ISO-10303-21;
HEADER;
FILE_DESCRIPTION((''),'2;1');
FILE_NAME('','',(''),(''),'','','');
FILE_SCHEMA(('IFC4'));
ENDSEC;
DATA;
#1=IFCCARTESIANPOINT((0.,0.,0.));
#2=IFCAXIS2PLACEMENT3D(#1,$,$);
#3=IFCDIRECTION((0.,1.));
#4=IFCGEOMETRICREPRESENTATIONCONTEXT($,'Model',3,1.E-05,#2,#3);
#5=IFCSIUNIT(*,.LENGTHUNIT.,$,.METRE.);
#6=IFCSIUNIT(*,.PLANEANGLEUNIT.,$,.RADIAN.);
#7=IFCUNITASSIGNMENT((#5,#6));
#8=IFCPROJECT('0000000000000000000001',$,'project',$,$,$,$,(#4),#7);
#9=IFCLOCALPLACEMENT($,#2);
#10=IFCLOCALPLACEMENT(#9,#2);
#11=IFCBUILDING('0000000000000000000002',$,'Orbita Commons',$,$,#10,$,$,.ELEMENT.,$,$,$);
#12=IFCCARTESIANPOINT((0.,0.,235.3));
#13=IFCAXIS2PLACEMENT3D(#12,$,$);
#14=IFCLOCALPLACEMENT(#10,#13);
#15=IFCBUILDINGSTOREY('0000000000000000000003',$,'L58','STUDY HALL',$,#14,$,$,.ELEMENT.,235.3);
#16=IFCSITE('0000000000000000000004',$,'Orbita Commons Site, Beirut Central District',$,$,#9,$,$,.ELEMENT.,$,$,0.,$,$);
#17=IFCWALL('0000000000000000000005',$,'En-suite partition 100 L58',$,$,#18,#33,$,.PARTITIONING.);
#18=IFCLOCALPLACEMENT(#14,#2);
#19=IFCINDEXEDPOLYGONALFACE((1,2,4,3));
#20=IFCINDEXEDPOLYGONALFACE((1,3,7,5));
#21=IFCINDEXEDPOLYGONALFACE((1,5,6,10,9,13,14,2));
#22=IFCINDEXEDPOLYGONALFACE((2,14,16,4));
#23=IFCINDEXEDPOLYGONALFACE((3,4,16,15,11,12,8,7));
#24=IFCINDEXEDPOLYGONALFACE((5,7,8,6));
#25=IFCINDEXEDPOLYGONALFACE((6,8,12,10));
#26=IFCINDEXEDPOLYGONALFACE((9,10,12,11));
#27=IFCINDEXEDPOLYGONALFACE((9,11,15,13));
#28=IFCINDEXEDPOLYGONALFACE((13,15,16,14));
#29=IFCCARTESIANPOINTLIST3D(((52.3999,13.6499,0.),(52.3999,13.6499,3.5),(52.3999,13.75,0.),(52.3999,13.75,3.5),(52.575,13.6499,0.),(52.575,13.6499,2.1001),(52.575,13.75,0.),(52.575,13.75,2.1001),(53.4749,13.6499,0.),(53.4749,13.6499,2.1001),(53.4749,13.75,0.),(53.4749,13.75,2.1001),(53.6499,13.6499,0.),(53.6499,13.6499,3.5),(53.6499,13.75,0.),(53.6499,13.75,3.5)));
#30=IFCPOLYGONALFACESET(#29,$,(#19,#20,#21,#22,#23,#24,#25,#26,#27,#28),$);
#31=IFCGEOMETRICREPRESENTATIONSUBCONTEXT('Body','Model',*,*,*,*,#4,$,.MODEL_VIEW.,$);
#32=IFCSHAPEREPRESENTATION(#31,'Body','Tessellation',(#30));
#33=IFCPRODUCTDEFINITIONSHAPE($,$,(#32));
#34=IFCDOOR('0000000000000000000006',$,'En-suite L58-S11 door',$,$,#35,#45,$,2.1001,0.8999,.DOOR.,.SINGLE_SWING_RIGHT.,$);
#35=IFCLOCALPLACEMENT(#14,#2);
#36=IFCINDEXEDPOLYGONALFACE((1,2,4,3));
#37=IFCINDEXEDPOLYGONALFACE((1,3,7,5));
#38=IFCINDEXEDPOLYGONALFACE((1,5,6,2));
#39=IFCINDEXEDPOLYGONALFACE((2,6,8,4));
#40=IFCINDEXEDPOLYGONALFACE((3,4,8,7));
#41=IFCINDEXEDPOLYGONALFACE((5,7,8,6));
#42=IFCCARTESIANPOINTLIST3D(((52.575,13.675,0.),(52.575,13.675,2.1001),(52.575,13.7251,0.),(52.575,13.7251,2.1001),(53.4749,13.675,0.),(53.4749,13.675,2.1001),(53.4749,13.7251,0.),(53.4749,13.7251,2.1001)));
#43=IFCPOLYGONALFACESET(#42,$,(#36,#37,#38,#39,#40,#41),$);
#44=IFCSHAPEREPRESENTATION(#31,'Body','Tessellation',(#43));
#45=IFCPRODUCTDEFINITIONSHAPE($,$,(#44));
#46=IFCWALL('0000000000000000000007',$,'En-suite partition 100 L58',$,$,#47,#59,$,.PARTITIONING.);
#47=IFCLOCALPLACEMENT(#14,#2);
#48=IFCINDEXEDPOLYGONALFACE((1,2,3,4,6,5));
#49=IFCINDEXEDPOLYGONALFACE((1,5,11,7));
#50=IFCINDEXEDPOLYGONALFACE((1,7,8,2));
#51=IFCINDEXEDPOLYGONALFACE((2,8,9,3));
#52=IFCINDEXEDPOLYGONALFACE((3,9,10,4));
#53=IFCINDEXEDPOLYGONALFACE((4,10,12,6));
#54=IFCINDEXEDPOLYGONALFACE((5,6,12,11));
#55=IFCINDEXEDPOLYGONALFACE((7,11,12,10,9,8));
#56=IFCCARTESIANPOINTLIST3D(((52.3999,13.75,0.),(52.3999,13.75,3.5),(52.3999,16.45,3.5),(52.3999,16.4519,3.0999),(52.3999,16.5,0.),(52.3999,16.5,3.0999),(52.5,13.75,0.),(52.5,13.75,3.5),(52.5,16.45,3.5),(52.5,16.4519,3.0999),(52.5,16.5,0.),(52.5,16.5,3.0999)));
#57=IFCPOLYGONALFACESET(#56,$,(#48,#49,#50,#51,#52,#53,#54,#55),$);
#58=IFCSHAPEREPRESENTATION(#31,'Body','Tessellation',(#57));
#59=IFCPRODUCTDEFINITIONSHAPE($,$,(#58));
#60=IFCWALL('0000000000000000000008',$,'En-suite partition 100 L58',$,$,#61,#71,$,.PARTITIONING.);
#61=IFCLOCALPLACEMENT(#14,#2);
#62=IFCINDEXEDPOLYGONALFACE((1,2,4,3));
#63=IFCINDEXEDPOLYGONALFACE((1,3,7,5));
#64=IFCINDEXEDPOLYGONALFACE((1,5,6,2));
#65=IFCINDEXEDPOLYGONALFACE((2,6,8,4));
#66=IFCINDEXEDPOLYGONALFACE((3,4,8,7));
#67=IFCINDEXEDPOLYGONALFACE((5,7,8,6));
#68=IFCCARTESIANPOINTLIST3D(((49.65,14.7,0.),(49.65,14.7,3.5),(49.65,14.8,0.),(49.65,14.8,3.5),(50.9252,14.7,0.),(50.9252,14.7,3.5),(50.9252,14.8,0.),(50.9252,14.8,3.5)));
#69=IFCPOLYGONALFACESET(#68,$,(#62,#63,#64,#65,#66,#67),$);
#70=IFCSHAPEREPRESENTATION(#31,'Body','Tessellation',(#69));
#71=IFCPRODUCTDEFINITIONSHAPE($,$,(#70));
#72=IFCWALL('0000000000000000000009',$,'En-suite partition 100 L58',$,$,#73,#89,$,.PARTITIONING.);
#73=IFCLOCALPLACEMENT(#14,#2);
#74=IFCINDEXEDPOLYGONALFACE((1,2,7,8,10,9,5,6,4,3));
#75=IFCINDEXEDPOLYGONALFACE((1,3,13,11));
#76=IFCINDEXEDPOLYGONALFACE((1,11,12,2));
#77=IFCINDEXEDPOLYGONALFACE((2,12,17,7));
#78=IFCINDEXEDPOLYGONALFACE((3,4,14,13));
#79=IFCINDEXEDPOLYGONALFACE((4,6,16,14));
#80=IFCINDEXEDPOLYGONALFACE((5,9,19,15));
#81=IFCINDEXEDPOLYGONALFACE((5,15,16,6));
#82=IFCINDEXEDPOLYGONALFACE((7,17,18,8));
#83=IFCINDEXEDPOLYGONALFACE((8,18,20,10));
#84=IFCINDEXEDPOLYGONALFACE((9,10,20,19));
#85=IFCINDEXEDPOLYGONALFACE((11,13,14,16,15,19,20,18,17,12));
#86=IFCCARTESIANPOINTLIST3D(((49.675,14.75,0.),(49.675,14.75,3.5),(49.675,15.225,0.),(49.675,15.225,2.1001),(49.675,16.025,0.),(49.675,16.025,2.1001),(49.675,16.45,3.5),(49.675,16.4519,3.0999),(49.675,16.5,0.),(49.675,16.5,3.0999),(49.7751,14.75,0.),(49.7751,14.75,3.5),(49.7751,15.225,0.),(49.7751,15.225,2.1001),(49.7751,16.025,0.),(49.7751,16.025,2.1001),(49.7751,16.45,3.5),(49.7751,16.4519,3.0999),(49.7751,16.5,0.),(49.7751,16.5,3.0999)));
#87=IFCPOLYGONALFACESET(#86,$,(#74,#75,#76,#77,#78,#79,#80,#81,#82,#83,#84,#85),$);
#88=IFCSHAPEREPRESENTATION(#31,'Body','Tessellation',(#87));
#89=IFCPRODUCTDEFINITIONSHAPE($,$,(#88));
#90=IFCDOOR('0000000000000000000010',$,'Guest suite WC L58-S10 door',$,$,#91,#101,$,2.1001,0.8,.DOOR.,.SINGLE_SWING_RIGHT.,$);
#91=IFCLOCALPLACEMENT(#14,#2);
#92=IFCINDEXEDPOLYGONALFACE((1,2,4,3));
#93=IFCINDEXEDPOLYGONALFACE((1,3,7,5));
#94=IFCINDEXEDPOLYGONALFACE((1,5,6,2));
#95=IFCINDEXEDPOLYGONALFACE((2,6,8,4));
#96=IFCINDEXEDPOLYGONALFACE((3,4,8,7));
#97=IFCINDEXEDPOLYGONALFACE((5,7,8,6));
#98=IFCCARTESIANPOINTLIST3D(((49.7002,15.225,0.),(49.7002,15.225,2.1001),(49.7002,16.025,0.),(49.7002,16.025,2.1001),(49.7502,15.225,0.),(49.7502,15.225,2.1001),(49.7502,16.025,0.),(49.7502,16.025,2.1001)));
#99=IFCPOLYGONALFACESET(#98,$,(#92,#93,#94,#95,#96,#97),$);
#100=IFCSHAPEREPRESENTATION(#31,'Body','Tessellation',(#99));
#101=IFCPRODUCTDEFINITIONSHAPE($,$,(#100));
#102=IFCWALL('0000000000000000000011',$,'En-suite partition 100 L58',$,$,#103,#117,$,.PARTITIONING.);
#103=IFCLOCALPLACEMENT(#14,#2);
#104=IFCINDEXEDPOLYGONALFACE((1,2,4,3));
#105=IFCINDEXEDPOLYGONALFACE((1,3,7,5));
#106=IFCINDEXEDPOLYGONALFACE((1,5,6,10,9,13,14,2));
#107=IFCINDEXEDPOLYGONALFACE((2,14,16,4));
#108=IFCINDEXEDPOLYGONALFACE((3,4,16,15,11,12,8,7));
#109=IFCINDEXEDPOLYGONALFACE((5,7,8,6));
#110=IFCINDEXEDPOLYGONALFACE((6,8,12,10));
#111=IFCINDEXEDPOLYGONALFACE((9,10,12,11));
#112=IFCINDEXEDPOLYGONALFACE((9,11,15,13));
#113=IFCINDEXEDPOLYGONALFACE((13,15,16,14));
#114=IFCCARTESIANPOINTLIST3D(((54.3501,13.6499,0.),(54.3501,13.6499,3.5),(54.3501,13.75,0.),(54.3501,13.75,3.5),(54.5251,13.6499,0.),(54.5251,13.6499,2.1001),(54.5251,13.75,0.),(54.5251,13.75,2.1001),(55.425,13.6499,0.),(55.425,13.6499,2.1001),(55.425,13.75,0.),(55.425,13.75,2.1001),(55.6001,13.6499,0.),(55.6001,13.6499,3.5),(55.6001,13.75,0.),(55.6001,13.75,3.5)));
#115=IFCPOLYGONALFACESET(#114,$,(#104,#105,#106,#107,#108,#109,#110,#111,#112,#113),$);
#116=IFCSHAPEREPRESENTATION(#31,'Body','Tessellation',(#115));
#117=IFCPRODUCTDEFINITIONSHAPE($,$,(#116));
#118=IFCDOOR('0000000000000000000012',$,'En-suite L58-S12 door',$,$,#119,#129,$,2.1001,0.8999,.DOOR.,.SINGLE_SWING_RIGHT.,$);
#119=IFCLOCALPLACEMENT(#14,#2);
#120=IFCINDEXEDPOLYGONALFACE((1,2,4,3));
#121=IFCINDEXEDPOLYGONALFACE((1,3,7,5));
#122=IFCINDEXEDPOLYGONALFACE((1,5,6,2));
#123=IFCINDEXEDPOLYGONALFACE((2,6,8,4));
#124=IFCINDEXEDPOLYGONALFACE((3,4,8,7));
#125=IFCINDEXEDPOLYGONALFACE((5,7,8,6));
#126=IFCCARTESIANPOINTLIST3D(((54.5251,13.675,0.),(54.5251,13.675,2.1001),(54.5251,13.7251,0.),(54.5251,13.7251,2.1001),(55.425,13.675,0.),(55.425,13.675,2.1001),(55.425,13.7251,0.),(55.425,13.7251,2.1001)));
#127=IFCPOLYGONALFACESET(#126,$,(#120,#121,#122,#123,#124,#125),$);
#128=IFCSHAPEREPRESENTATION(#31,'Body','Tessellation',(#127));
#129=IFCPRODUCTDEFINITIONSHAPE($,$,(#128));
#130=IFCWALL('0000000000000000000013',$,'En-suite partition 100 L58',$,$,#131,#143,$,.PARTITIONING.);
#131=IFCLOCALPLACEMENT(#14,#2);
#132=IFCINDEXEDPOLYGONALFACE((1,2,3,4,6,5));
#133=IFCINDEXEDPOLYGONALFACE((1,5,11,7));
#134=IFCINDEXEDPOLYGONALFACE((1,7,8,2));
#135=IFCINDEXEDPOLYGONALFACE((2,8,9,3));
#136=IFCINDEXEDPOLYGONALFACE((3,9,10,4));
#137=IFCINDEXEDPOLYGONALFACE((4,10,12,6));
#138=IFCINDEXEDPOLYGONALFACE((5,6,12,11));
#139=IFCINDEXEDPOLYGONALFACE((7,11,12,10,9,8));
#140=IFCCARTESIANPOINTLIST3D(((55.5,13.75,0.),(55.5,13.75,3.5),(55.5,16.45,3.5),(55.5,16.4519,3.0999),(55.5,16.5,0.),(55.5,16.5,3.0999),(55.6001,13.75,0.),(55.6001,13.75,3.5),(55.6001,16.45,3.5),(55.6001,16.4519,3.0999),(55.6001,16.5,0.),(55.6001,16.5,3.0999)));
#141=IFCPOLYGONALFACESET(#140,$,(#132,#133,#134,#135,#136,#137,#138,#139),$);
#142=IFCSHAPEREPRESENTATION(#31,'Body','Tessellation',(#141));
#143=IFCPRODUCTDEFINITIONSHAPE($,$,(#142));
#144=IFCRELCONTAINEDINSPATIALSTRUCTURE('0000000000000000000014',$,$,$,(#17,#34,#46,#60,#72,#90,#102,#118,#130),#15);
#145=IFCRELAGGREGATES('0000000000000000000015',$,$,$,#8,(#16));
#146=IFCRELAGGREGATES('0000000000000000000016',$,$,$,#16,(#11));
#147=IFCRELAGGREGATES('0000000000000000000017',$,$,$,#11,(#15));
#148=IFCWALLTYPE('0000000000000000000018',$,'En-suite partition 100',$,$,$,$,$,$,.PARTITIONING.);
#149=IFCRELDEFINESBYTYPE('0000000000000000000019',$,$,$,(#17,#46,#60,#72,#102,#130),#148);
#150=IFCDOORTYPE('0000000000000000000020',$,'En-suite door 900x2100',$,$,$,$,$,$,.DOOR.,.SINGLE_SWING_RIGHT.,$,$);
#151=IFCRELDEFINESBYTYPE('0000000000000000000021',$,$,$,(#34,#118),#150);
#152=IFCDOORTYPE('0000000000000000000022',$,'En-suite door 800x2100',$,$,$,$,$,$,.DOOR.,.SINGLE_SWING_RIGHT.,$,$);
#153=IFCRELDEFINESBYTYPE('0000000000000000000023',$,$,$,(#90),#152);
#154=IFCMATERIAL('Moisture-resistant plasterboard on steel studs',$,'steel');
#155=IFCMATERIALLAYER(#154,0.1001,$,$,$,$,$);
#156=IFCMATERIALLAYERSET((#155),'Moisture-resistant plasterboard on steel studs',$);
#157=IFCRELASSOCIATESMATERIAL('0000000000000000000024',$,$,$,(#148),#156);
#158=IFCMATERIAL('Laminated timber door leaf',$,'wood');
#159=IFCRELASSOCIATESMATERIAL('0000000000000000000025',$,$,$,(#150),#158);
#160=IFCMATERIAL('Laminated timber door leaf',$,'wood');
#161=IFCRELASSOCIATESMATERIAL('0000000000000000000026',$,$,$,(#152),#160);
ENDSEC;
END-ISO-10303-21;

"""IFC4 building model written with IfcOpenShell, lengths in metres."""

from ifc_helpers import new_model, si_unit, direction, frame, frame_2d, origin, place, context, subcontext, project, spatial, polyline, rectangle, outline, extrude, material, layer, layer_set, type_object, element, fill, save


model = new_model("IFC4")

# Units and contexts
model_context = context("Model", 3, precision=1e-05, world=origin(), true_north=direction((0.0, 1.0)))
body_context = subcontext(model_context, "Body", "Model", "MODEL_VIEW")
ifc_project = project(units=[si_unit("LENGTHUNIT", "METRE"), si_unit("PLANEANGLEUNIT", "RADIAN")], contexts=[model_context])

# Site, building, storey
site_placement = place(None, origin())
site = spatial("IfcSite", under=ifc_project, at=site_placement, Name="Orbita Commons Site, Beirut Central District", CompositionType="ELEMENT", RefElevation=0.0)
building_placement = place(site_placement, origin())
building = spatial("IfcBuilding", under=site, at=building_placement, Name="Orbita Commons", CompositionType="ELEMENT")
storey_placement = place(building_placement, frame((0.0, 0.0, 235.3)))
storey = spatial("IfcBuildingStorey", under=building, at=storey_placement, Name="L58", Description="STUDY HALL", CompositionType="ELEMENT", Elevation=235.3)

# Shared definitions
ifc_material_1 = material(Name="Moisture-resistant plasterboard on steel studs", Category="steel")
ifc_layer_1 = layer(ifc_material_1, 0.1001)
ifc_layer_set_1 = layer_set([ifc_layer_1], Name="Moisture-resistant plasterboard on steel studs")
wall_type_1 = type_object("IfcWallType", Name="En-suite partition 100", PredefinedType="PARTITIONING", material=ifc_layer_set_1)
ifc_material_2 = material(Name="Laminated timber door leaf", Category="wood")
door_type_1 = type_object("IfcDoorType", Name="En-suite door 900x2100", OperationType="SINGLE_SWING_RIGHT", PredefinedType="DOOR", material=ifc_material_2)

# Wall, opening, door
wall_1_placement = place(storey_placement, frame((53.6499, 13.7, 0.0), z_axis=(0.0, 0.0, 1.0), x_axis=(-1.0, 0.0, 0.0)))
wall_1 = element("IfcWall", 1, at=wall_1_placement, inside=storey, type_object=wall_type_1, Name="En-suite partition 100 L58", PredefinedType="PARTITIONING", context=body_context, shape_type="SweptSolid", body=[
    extrude(rectangle(XDim=1.25, YDim=0.1001, at=frame_2d((0.625, 0.0))), origin(), (0.0, 0.0, 1.0), 3.5),
])
opening_1_placement = place(wall_1_placement, frame((0.175, 0.0, 0.0)))
opening_1 = element("IfcOpeningElement", 2, at=opening_1_placement, cuts=wall_1, PredefinedType="OPENING", context=body_context, shape_type="SweptSolid", body=[
    extrude(rectangle(XDim=0.8999, YDim=2.1001, at=frame_2d((0.45, 1.05))), frame((0.0, 0.0601, 0.0), z_axis=(0.0, -1.0, 0.0), x_axis=(1.0, 0.0, 0.0)), (0.0, 0.0, 1.0), 0.1201),
])
door_1_placement = place(opening_1_placement, origin())
door_1 = element("IfcDoor", 3, at=door_1_placement, inside=storey, type_object=door_type_1, Name="En-suite L58-S11 door", OperationType="SINGLE_SWING_RIGHT", OverallHeight=2.1001, OverallWidth=0.8999, PredefinedType="DOOR", context=body_context, shape_type="SweptSolid", body=[
    extrude(rectangle(XDim=0.8999, YDim=2.1001, at=frame_2d((0.45, 1.05))), frame((0.0, 0.0249, 0.0), z_axis=(0.0, -1.0, 0.0), x_axis=(1.0, 0.0, 0.0)), (0.0, 0.0, 1.0), 0.05),
])
fill(opening_1, door_1)

# Walls
wall_2_placement = place(storey_placement, frame((52.45, 13.75, 0.0), z_axis=(0.0, 0.0, 1.0), x_axis=(0.0, 1.0, 0.0)))
element("IfcWall", 4, at=wall_2_placement, inside=storey, type_object=wall_type_1, Name="En-suite partition 100 L58", PredefinedType="PARTITIONING", context=body_context, shape_type="SweptSolid", body=[
    extrude(outline(polyline([(0.0, 0.0), (2.75, 0.0), (2.75, 3.0999), (2.7019, 3.0999), (2.7, 3.5), (0.0, 3.5), (0.0, 0.0)])), frame((0.0, 0.05, 0.0), z_axis=(0.0, -1.0, 0.0), x_axis=(1.0, 0.0, 0.0)), (0.0, 0.0, 1.0), 0.1001),
])
wall_3_placement = place(storey_placement, frame((49.6499, 14.75, 0.0), z_axis=(0.0, 0.0, 1.0), x_axis=(1.0, 0.0, 0.0)))
element("IfcWall", 5, at=wall_3_placement, inside=storey, type_object=wall_type_1, Name="En-suite partition 100 L58", PredefinedType="PARTITIONING", context=body_context, shape_type="SweptSolid", body=[
    extrude(rectangle(XDim=1.2751, YDim=0.1001, at=frame_2d((0.6377, 0.0))), origin(), (0.0, 0.0, 1.0), 3.5),
])

# Walls, openings, doors
wall_4_placement = place(storey_placement, frame((49.7251, 14.75, 0.0), z_axis=(0.0, 0.0, 1.0), x_axis=(0.0, 1.0, 0.0)))
wall_4 = element("IfcWall", 6, at=wall_4_placement, inside=storey, type_object=wall_type_1, Name="En-suite partition 100 L58", PredefinedType="PARTITIONING", context=body_context, shape_type="SweptSolid", body=[
    extrude(outline(polyline([(0.0, 0.0), (1.75, 0.0), (1.75, 3.0999), (1.7019, 3.0999), (1.7, 3.5), (0.0, 3.5), (0.0, 0.0)])), frame((0.0, 0.05, 0.0), z_axis=(0.0, -1.0, 0.0), x_axis=(1.0, 0.0, 0.0)), (0.0, 0.0, 1.0), 0.1001),
])
opening_2_placement = place(wall_4_placement, frame((0.4751, 0.0, 0.0)))
opening_2 = element("IfcOpeningElement", 7, at=opening_2_placement, cuts=wall_4, PredefinedType="OPENING", context=body_context, shape_type="SweptSolid", body=[
    extrude(rectangle(XDim=0.8, YDim=2.1001, at=frame_2d((0.3999, 1.05))), frame((0.0, 0.0601, 0.0), z_axis=(0.0, -1.0, 0.0), x_axis=(1.0, 0.0, 0.0)), (0.0, 0.0, 1.0), 0.1201),
])
ifc_material_3 = material(Name="Laminated timber door leaf", Category="wood")
door_type_2 = type_object("IfcDoorType", Name="En-suite door 800x2100", OperationType="SINGLE_SWING_RIGHT", PredefinedType="DOOR", material=ifc_material_3)
door_2_placement = place(opening_2_placement, origin())
door_2 = element("IfcDoor", 8, at=door_2_placement, inside=storey, type_object=door_type_2, Name="Guest suite WC L58-S10 door", OperationType="SINGLE_SWING_RIGHT", OverallHeight=2.1001, OverallWidth=0.8, PredefinedType="DOOR", context=body_context, shape_type="SweptSolid", body=[
    extrude(rectangle(XDim=0.8, YDim=2.1001, at=frame_2d((0.3999, 1.05))), frame((0.0, 0.0249, 0.0), z_axis=(0.0, -1.0, 0.0), x_axis=(1.0, 0.0, 0.0)), (0.0, 0.0, 1.0), 0.05),
])
fill(opening_2, door_2)
wall_5_placement = place(storey_placement, frame((55.6001, 13.7, 0.0), z_axis=(0.0, 0.0, 1.0), x_axis=(-1.0, 0.0, 0.0)))
wall_5 = element("IfcWall", 9, at=wall_5_placement, inside=storey, type_object=wall_type_1, Name="En-suite partition 100 L58", PredefinedType="PARTITIONING", context=body_context, shape_type="SweptSolid", body=[
    extrude(rectangle(XDim=1.25, YDim=0.1001, at=frame_2d((0.625, 0.0))), origin(), (0.0, 0.0, 1.0), 3.5),
])
opening_3_placement = place(wall_5_placement, frame((0.175, 0.0, 0.0)))
opening_3 = element("IfcOpeningElement", 10, at=opening_3_placement, cuts=wall_5, PredefinedType="OPENING", context=body_context, shape_type="SweptSolid", body=[
    extrude(rectangle(XDim=0.8999, YDim=2.1001, at=frame_2d((0.45, 1.05))), frame((0.0, 0.0601, 0.0), z_axis=(0.0, -1.0, 0.0), x_axis=(1.0, 0.0, 0.0)), (0.0, 0.0, 1.0), 0.1201),
])
door_3_placement = place(opening_3_placement, origin())
door_3 = element("IfcDoor", 11, at=door_3_placement, inside=storey, type_object=door_type_1, Name="En-suite L58-S12 door", OperationType="SINGLE_SWING_RIGHT", OverallHeight=2.1001, OverallWidth=0.8999, PredefinedType="DOOR", context=body_context, shape_type="SweptSolid", body=[
    extrude(rectangle(XDim=0.8999, YDim=2.1001, at=frame_2d((0.45, 1.05))), frame((0.0, 0.0249, 0.0), z_axis=(0.0, -1.0, 0.0), x_axis=(1.0, 0.0, 0.0)), (0.0, 0.0, 1.0), 0.05),
])
fill(opening_3, door_3)

# Wall
wall_6_placement = place(storey_placement, frame((55.55, 13.75, 0.0), z_axis=(0.0, 0.0, 1.0), x_axis=(0.0, 1.0, 0.0)))
element("IfcWall", 12, at=wall_6_placement, inside=storey, type_object=wall_type_1, Name="En-suite partition 100 L58", PredefinedType="PARTITIONING", context=body_context, shape_type="SweptSolid", body=[
    extrude(outline(polyline([(0.0, 0.0), (2.75, 0.0), (2.75, 3.0999), (2.7019, 3.0999), (2.7, 3.5), (0.0, 3.5), (0.0, 0.0)])), frame((0.0, 0.05, 0.0), z_axis=(0.0, -1.0, 0.0), x_axis=(1.0, 0.0, 0.0)), (0.0, 0.0, 1.0), 0.1001),
])

save(model, "model.ifc")
